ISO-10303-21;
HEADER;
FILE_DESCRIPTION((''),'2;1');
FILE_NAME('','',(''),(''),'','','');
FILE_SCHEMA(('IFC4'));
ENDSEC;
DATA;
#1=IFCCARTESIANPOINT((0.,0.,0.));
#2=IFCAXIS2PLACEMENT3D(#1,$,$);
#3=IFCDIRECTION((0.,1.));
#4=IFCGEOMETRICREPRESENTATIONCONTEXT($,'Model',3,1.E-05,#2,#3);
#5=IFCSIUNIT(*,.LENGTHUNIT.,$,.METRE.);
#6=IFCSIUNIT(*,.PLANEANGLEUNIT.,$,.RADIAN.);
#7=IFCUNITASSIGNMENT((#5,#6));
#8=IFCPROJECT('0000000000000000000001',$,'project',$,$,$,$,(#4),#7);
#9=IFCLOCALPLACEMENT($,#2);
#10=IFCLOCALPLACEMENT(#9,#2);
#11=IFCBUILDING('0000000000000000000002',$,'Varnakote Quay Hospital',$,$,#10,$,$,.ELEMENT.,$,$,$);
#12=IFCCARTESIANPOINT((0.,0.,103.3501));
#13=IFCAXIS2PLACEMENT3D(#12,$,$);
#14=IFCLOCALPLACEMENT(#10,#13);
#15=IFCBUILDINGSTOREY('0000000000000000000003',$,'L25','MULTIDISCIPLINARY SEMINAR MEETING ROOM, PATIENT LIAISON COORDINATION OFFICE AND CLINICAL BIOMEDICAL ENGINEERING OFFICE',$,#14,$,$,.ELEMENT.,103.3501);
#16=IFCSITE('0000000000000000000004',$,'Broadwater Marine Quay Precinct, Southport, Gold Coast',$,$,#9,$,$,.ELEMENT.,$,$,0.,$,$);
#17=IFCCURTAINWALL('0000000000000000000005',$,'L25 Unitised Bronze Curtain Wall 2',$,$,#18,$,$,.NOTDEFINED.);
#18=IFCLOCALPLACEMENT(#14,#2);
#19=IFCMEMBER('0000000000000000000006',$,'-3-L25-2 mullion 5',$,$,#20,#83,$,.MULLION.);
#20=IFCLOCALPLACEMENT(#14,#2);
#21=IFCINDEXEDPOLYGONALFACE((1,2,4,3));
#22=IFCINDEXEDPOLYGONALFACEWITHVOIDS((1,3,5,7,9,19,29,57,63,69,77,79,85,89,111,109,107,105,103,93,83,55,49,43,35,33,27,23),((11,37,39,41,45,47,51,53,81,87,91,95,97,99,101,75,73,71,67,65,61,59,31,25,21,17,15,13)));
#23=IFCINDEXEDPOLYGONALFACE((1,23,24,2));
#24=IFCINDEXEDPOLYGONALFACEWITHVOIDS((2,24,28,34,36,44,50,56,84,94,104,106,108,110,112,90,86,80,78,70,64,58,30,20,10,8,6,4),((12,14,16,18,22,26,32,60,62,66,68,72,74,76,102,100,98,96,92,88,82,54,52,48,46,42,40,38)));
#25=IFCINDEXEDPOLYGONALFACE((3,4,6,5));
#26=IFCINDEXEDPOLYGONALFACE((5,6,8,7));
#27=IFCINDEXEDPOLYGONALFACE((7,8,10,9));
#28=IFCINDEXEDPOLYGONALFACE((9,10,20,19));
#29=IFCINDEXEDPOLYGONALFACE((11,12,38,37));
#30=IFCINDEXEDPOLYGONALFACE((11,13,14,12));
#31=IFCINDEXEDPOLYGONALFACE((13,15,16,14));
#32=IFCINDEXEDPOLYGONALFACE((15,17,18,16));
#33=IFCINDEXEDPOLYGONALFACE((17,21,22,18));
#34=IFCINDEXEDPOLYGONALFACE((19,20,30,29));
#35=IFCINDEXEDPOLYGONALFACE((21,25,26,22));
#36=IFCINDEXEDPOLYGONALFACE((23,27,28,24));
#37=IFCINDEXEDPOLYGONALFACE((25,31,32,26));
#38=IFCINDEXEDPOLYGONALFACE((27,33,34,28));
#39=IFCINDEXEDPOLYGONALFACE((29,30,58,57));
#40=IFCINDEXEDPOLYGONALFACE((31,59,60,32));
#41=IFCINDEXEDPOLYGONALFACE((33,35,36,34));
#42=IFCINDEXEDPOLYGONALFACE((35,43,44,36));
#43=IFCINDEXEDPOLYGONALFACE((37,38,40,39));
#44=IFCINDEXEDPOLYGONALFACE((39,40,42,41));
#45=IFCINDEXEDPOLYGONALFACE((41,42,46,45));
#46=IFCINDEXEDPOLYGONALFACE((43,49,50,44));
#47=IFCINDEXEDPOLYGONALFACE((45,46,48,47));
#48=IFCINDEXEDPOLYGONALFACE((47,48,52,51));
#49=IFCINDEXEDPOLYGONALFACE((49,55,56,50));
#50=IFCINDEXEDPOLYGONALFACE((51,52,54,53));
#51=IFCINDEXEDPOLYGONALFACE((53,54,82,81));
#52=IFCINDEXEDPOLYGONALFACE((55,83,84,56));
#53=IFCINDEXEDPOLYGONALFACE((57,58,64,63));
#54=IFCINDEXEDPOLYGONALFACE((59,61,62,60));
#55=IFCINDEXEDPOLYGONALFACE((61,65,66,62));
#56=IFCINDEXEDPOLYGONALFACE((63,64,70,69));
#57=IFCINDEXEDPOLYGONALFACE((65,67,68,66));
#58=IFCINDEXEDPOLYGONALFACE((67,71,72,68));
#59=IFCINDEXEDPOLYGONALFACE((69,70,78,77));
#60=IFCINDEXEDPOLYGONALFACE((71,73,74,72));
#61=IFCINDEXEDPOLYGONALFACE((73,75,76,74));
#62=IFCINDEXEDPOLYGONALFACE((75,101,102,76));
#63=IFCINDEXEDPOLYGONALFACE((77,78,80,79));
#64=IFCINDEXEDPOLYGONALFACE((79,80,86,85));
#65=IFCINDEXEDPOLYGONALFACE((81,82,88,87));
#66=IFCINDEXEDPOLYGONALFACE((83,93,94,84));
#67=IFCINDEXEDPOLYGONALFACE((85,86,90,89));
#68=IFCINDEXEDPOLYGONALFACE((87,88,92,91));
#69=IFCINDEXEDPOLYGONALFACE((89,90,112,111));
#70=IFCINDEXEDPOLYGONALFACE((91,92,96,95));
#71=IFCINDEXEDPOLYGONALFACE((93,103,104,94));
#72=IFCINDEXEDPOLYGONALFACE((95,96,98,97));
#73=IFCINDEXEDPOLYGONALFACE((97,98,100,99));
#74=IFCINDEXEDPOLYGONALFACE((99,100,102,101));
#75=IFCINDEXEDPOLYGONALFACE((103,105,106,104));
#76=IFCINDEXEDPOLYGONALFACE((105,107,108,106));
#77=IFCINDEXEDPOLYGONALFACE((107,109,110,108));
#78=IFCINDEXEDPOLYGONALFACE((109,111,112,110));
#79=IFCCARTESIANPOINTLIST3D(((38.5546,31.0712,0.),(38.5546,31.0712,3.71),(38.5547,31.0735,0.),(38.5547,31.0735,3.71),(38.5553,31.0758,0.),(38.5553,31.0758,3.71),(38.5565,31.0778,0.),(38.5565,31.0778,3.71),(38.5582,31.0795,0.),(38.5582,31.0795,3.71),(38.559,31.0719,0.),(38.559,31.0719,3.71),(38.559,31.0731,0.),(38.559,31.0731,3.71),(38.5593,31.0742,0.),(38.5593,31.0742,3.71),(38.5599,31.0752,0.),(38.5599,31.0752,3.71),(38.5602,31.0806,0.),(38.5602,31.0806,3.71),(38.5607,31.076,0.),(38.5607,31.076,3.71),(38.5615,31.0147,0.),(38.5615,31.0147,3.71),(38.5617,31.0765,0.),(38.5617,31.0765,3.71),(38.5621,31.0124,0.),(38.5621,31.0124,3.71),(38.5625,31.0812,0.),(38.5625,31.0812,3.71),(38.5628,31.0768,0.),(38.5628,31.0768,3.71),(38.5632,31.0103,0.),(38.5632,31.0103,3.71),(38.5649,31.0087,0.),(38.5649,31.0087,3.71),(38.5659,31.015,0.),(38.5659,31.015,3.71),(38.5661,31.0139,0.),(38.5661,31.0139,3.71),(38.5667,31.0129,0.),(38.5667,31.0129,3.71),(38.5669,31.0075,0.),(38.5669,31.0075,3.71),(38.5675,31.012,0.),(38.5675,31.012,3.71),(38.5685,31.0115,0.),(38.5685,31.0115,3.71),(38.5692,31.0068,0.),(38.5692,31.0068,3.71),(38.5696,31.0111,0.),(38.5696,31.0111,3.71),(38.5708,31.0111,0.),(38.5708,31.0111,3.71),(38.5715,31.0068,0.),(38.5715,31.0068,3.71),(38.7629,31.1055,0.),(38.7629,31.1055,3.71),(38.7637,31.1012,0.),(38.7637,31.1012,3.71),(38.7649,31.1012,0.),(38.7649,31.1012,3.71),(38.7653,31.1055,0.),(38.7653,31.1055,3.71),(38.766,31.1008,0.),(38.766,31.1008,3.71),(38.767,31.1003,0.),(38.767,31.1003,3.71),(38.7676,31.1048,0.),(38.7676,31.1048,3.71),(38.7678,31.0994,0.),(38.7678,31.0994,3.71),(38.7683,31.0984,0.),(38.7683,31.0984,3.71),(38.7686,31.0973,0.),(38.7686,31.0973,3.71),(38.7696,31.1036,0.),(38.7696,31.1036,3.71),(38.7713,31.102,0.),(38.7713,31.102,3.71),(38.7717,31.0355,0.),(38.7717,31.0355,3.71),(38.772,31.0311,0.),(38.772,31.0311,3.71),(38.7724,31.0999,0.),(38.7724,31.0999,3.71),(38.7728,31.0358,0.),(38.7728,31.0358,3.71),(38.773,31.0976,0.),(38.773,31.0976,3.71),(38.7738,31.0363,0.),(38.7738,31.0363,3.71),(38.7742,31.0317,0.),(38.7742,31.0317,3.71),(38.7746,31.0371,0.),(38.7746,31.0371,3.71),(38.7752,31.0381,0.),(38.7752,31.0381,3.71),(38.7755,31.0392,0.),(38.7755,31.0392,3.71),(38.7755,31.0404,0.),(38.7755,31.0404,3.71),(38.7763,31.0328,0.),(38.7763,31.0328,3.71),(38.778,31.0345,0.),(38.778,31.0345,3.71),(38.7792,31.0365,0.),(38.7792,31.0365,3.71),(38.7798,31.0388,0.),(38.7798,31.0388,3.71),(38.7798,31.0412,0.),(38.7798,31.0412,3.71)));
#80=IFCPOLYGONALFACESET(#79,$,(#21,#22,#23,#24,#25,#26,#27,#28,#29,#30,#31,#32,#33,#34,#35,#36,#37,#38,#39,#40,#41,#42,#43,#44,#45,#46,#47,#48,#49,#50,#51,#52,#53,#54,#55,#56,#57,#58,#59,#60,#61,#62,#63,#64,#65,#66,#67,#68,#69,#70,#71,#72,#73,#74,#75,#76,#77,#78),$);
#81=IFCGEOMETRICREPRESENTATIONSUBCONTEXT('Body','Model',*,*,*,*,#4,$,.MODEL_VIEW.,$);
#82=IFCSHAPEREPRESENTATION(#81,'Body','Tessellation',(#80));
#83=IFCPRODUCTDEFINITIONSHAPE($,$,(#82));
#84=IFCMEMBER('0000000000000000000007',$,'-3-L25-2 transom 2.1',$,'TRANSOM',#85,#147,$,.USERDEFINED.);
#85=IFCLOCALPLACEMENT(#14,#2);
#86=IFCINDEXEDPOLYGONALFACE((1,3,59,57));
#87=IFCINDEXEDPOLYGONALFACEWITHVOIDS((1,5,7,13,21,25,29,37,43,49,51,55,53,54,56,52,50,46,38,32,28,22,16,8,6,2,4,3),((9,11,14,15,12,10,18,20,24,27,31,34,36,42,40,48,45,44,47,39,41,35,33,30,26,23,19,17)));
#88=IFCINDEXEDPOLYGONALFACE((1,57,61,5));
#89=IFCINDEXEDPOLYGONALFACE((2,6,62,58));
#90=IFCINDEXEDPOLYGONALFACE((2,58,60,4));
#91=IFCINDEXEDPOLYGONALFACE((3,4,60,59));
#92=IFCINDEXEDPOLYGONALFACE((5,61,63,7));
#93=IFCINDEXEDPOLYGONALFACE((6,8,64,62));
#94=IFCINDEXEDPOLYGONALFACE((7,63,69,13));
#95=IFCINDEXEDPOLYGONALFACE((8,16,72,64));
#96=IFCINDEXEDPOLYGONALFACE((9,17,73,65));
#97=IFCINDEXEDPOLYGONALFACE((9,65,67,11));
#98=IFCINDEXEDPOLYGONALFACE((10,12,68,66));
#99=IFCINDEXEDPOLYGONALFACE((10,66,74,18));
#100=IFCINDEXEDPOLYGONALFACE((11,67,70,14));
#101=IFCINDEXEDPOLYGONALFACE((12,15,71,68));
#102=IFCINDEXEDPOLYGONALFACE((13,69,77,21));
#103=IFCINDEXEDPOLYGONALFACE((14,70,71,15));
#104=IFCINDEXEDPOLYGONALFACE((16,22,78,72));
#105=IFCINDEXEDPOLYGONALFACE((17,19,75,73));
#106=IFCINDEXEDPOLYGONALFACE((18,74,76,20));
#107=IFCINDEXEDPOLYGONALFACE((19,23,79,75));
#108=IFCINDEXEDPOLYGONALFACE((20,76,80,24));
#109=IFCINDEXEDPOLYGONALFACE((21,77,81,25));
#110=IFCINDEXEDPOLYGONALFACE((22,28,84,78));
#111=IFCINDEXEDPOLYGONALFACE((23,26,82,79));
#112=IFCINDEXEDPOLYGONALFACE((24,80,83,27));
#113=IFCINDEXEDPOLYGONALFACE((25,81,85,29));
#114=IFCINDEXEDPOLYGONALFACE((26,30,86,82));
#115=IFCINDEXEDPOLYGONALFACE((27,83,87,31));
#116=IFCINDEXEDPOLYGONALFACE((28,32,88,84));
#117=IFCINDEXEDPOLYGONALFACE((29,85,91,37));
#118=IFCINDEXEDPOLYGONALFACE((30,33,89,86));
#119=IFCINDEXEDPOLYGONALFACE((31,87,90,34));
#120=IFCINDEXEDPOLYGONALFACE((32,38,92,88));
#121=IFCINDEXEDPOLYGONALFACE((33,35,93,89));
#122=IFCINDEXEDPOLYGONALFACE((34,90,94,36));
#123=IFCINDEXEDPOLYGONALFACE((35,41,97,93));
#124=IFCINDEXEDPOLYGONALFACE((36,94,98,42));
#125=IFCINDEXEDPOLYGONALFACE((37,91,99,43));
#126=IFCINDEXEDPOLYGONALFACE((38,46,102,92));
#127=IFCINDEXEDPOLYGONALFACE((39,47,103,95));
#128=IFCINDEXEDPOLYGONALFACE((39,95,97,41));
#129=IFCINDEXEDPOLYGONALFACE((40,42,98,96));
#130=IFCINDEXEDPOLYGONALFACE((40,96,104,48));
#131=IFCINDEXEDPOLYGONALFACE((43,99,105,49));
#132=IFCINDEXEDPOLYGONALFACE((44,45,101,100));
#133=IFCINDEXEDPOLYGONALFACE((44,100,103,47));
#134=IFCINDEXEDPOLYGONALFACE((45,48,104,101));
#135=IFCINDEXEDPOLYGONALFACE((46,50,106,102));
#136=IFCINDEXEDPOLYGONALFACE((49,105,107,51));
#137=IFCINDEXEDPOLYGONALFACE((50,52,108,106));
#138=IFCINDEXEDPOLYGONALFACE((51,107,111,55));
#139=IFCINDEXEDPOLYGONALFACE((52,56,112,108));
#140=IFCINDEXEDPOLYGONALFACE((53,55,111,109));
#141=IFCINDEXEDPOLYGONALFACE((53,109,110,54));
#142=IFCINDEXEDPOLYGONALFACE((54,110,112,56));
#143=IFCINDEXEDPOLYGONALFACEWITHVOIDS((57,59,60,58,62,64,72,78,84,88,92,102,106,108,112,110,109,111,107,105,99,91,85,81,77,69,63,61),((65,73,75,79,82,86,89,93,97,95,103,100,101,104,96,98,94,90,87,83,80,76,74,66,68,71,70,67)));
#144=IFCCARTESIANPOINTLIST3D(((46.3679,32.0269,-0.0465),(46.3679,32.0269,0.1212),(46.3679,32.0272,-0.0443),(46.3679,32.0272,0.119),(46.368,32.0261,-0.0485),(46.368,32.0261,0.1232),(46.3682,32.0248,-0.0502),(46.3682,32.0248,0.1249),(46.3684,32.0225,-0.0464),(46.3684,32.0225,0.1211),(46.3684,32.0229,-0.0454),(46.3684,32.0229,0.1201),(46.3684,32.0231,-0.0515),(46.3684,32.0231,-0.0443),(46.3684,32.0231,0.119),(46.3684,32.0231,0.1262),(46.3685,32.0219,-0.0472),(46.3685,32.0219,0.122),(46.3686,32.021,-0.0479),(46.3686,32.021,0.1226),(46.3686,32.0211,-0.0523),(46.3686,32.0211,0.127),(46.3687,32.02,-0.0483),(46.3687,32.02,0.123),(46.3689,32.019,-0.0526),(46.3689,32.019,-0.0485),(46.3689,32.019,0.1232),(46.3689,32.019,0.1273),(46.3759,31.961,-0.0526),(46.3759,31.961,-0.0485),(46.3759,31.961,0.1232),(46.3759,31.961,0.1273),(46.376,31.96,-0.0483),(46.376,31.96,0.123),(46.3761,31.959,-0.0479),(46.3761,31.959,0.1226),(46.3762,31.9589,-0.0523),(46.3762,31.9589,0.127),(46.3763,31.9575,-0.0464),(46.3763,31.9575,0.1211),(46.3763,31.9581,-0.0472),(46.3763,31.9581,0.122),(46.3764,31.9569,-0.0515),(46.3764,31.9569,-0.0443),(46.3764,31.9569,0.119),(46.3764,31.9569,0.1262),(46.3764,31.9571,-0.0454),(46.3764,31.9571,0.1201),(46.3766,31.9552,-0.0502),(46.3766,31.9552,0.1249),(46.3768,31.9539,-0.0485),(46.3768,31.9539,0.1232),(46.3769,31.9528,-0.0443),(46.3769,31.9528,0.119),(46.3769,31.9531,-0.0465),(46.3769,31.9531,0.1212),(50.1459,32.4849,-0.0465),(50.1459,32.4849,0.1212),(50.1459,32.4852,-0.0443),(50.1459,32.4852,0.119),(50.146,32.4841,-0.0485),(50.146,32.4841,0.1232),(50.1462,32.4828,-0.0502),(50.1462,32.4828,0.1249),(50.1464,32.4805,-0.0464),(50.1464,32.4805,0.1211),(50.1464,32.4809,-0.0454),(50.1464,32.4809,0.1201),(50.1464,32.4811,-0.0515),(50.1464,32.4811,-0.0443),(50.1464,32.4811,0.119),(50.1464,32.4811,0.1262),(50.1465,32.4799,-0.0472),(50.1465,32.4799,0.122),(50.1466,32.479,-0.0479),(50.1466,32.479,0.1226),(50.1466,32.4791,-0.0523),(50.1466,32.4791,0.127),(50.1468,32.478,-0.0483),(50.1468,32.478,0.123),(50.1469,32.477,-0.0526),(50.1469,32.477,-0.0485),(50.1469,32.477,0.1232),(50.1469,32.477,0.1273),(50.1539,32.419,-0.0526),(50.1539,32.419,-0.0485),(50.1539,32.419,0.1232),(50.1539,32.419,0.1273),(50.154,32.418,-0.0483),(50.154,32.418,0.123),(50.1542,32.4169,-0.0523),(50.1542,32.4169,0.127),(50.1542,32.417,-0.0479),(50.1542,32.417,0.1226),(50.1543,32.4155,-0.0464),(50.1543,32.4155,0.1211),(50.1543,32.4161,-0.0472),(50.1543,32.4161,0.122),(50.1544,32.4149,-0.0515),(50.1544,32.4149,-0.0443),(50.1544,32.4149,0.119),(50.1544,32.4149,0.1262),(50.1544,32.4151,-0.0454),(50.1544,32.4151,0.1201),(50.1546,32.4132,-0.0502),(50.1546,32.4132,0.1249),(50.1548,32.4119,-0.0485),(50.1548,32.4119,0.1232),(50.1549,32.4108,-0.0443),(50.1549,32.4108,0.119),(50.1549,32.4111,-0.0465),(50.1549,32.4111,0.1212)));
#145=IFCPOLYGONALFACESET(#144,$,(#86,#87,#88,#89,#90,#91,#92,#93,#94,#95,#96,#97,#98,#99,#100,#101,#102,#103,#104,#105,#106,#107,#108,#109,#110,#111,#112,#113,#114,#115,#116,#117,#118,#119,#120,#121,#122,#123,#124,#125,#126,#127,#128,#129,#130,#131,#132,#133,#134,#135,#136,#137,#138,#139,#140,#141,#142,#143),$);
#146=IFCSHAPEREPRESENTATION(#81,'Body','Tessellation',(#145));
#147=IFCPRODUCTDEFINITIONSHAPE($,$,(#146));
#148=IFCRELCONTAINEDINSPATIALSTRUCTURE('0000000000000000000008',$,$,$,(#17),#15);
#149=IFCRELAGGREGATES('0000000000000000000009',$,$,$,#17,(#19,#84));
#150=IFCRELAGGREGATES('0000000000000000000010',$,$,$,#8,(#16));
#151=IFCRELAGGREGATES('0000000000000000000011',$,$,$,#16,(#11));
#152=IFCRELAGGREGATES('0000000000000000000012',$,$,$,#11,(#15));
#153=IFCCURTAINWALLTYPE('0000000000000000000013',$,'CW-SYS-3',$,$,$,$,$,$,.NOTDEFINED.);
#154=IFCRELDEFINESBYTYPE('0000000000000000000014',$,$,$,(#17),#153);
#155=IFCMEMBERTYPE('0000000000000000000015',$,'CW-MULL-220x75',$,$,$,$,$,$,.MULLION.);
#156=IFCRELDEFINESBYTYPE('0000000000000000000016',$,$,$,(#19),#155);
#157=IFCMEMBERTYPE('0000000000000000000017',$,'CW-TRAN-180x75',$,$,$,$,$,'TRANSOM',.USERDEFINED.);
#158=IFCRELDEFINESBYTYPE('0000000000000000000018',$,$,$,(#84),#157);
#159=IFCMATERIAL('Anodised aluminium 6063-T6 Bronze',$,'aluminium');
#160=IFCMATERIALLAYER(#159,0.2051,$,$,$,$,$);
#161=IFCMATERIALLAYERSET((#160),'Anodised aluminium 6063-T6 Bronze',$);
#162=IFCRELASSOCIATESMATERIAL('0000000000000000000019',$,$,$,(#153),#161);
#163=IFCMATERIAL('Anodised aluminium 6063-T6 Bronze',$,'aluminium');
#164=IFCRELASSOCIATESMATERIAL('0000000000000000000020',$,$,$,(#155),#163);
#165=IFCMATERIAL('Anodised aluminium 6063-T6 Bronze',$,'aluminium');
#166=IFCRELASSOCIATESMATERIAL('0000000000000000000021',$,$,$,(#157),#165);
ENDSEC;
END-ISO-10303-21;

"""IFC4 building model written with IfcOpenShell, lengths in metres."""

from ifc_helpers import new_model, si_unit, direction, frame, origin, origin_2d, place, context, subcontext, project, spatial, hollow_rectangle, extrude, material, layer, layer_set, material_profile, profile_set, type_object, element, aggregate, save


model = new_model("IFC4")

# Units and contexts
model_context = context("Model", 3, precision=1e-05, world=origin(), true_north=direction((0.0, 1.0)))
body_context = subcontext(model_context, "Body", "Model", "MODEL_VIEW")
ifc_project = project(units=[si_unit("LENGTHUNIT", "METRE"), si_unit("PLANEANGLEUNIT", "RADIAN")], contexts=[model_context])

# Site, building, storey
site_placement = place(None, origin())
site = spatial("IfcSite", under=ifc_project, at=site_placement, Name="Broadwater Marine Quay Precinct, Southport, Gold Coast", CompositionType="ELEMENT", RefElevation=0.0)
building_placement = place(site_placement, origin())
building = spatial("IfcBuilding", under=site, at=building_placement, Name="Varnakote Quay Hospital", CompositionType="ELEMENT")
storey_placement = place(building_placement, frame((0.0, 0.0, 103.3501)))
storey = spatial("IfcBuildingStorey", under=building, at=storey_placement, Name="L25", Description="MULTIDISCIPLINARY SEMINAR MEETING ROOM, PATIENT LIAISON COORDINATION OFFICE AND CLINICAL BIOMEDICAL ENGINEERING OFFICE", CompositionType="ELEMENT", Elevation=103.3501)

# Curtain wall, members
ifc_material_1 = material(Name="Anodised aluminium 6063-T6 Bronze", Category="aluminium")
ifc_layer_1 = layer(ifc_material_1, 0.2051)
ifc_layer_set_1 = layer_set([ifc_layer_1], Name="Anodised aluminium 6063-T6 Bronze")
curtain_wall_type = type_object("IfcCurtainWallType", Name="CW-SYS-3", PredefinedType="NOTDEFINED", material=ifc_layer_set_1)
curtain_wall_placement = place(storey_placement, origin())
curtain_wall = element("IfcCurtainWall", 1, at=curtain_wall_placement, inside=storey, type_object=curtain_wall_type, Name="L25 Unitised Bronze Curtain Wall 2", PredefinedType="NOTDEFINED")
ifc_material_2 = material(Name="Anodised aluminium 6063-T6 Bronze", Category="aluminium")
ifc_material_profile_1 = material_profile(ifc_material_2, hollow_rectangle(XDim=0.075, YDim=0.22, WallThickness=0.0044, InnerFilletRadius=0.0044, OuterFilletRadius=0.009, at=origin_2d()), Name="CW-MULL-220x75")
ifc_profile_set_1 = profile_set([ifc_material_profile_1], Name="Anodised aluminium 6063-T6 Bronze")
member_type_1 = type_object("IfcMemberType", Name="CW-MULL-220x75", PredefinedType="MULLION", material=ifc_profile_set_1)
member_1_placement = place(storey_placement, frame((38.6672, 31.0562, 0.0), z_axis=(0.0, 0.0, 1.0), x_axis=(0.120327, -0.992734, 0.0)))
member_1 = element("IfcMember", 2, at=member_1_placement, type_object=member_type_1, Name="-3-L25-2 mullion 5", PredefinedType="MULLION", context=body_context, shape_type="SweptSolid", body=[
    extrude(hollow_rectangle(XDim=0.075, YDim=0.22, WallThickness=0.0044, InnerFilletRadius=0.0044, OuterFilletRadius=0.009, at=origin_2d()), origin(), (0.0, 0.0, 1.0), 3.71),
])
ifc_material_3 = material(Name="Anodised aluminium 6063-T6 Bronze", Category="aluminium")
ifc_material_profile_2 = material_profile(ifc_material_3, hollow_rectangle(XDim=0.075, YDim=0.1799, WallThickness=0.0042, InnerFilletRadius=0.0042, OuterFilletRadius=0.0083, at=origin_2d()), Name="CW-TRAN-180x75")
ifc_profile_set_2 = profile_set([ifc_material_profile_2], Name="Anodised aluminium 6063-T6 Bronze")
member_type_2 = type_object("IfcMemberType", Name="CW-TRAN-180x75", ElementType="TRANSOM", PredefinedType="USERDEFINED", material=ifc_profile_set_2)
member_2_placement = place(storey_placement, frame((50.1504, 32.448, 0.0374), z_axis=(-0.992732, -0.120347, 0.0), x_axis=(0.120347, -0.992732, 0.0)))
member_2 = element("IfcMember", 3, at=member_2_placement, type_object=member_type_2, Name="-3-L25-2 transom 2.1", ObjectType="TRANSOM", PredefinedType="USERDEFINED", context=body_context, shape_type="SweptSolid", body=[
    extrude(hollow_rectangle(XDim=0.075, YDim=0.1799, WallThickness=0.0042, InnerFilletRadius=0.0042, OuterFilletRadius=0.0083, at=origin_2d()), origin(), (0.0, 0.0, 1.0), 3.8057),
])

aggregate(curtain_wall, [member_1, member_2])

save(model, "model.ifc")
